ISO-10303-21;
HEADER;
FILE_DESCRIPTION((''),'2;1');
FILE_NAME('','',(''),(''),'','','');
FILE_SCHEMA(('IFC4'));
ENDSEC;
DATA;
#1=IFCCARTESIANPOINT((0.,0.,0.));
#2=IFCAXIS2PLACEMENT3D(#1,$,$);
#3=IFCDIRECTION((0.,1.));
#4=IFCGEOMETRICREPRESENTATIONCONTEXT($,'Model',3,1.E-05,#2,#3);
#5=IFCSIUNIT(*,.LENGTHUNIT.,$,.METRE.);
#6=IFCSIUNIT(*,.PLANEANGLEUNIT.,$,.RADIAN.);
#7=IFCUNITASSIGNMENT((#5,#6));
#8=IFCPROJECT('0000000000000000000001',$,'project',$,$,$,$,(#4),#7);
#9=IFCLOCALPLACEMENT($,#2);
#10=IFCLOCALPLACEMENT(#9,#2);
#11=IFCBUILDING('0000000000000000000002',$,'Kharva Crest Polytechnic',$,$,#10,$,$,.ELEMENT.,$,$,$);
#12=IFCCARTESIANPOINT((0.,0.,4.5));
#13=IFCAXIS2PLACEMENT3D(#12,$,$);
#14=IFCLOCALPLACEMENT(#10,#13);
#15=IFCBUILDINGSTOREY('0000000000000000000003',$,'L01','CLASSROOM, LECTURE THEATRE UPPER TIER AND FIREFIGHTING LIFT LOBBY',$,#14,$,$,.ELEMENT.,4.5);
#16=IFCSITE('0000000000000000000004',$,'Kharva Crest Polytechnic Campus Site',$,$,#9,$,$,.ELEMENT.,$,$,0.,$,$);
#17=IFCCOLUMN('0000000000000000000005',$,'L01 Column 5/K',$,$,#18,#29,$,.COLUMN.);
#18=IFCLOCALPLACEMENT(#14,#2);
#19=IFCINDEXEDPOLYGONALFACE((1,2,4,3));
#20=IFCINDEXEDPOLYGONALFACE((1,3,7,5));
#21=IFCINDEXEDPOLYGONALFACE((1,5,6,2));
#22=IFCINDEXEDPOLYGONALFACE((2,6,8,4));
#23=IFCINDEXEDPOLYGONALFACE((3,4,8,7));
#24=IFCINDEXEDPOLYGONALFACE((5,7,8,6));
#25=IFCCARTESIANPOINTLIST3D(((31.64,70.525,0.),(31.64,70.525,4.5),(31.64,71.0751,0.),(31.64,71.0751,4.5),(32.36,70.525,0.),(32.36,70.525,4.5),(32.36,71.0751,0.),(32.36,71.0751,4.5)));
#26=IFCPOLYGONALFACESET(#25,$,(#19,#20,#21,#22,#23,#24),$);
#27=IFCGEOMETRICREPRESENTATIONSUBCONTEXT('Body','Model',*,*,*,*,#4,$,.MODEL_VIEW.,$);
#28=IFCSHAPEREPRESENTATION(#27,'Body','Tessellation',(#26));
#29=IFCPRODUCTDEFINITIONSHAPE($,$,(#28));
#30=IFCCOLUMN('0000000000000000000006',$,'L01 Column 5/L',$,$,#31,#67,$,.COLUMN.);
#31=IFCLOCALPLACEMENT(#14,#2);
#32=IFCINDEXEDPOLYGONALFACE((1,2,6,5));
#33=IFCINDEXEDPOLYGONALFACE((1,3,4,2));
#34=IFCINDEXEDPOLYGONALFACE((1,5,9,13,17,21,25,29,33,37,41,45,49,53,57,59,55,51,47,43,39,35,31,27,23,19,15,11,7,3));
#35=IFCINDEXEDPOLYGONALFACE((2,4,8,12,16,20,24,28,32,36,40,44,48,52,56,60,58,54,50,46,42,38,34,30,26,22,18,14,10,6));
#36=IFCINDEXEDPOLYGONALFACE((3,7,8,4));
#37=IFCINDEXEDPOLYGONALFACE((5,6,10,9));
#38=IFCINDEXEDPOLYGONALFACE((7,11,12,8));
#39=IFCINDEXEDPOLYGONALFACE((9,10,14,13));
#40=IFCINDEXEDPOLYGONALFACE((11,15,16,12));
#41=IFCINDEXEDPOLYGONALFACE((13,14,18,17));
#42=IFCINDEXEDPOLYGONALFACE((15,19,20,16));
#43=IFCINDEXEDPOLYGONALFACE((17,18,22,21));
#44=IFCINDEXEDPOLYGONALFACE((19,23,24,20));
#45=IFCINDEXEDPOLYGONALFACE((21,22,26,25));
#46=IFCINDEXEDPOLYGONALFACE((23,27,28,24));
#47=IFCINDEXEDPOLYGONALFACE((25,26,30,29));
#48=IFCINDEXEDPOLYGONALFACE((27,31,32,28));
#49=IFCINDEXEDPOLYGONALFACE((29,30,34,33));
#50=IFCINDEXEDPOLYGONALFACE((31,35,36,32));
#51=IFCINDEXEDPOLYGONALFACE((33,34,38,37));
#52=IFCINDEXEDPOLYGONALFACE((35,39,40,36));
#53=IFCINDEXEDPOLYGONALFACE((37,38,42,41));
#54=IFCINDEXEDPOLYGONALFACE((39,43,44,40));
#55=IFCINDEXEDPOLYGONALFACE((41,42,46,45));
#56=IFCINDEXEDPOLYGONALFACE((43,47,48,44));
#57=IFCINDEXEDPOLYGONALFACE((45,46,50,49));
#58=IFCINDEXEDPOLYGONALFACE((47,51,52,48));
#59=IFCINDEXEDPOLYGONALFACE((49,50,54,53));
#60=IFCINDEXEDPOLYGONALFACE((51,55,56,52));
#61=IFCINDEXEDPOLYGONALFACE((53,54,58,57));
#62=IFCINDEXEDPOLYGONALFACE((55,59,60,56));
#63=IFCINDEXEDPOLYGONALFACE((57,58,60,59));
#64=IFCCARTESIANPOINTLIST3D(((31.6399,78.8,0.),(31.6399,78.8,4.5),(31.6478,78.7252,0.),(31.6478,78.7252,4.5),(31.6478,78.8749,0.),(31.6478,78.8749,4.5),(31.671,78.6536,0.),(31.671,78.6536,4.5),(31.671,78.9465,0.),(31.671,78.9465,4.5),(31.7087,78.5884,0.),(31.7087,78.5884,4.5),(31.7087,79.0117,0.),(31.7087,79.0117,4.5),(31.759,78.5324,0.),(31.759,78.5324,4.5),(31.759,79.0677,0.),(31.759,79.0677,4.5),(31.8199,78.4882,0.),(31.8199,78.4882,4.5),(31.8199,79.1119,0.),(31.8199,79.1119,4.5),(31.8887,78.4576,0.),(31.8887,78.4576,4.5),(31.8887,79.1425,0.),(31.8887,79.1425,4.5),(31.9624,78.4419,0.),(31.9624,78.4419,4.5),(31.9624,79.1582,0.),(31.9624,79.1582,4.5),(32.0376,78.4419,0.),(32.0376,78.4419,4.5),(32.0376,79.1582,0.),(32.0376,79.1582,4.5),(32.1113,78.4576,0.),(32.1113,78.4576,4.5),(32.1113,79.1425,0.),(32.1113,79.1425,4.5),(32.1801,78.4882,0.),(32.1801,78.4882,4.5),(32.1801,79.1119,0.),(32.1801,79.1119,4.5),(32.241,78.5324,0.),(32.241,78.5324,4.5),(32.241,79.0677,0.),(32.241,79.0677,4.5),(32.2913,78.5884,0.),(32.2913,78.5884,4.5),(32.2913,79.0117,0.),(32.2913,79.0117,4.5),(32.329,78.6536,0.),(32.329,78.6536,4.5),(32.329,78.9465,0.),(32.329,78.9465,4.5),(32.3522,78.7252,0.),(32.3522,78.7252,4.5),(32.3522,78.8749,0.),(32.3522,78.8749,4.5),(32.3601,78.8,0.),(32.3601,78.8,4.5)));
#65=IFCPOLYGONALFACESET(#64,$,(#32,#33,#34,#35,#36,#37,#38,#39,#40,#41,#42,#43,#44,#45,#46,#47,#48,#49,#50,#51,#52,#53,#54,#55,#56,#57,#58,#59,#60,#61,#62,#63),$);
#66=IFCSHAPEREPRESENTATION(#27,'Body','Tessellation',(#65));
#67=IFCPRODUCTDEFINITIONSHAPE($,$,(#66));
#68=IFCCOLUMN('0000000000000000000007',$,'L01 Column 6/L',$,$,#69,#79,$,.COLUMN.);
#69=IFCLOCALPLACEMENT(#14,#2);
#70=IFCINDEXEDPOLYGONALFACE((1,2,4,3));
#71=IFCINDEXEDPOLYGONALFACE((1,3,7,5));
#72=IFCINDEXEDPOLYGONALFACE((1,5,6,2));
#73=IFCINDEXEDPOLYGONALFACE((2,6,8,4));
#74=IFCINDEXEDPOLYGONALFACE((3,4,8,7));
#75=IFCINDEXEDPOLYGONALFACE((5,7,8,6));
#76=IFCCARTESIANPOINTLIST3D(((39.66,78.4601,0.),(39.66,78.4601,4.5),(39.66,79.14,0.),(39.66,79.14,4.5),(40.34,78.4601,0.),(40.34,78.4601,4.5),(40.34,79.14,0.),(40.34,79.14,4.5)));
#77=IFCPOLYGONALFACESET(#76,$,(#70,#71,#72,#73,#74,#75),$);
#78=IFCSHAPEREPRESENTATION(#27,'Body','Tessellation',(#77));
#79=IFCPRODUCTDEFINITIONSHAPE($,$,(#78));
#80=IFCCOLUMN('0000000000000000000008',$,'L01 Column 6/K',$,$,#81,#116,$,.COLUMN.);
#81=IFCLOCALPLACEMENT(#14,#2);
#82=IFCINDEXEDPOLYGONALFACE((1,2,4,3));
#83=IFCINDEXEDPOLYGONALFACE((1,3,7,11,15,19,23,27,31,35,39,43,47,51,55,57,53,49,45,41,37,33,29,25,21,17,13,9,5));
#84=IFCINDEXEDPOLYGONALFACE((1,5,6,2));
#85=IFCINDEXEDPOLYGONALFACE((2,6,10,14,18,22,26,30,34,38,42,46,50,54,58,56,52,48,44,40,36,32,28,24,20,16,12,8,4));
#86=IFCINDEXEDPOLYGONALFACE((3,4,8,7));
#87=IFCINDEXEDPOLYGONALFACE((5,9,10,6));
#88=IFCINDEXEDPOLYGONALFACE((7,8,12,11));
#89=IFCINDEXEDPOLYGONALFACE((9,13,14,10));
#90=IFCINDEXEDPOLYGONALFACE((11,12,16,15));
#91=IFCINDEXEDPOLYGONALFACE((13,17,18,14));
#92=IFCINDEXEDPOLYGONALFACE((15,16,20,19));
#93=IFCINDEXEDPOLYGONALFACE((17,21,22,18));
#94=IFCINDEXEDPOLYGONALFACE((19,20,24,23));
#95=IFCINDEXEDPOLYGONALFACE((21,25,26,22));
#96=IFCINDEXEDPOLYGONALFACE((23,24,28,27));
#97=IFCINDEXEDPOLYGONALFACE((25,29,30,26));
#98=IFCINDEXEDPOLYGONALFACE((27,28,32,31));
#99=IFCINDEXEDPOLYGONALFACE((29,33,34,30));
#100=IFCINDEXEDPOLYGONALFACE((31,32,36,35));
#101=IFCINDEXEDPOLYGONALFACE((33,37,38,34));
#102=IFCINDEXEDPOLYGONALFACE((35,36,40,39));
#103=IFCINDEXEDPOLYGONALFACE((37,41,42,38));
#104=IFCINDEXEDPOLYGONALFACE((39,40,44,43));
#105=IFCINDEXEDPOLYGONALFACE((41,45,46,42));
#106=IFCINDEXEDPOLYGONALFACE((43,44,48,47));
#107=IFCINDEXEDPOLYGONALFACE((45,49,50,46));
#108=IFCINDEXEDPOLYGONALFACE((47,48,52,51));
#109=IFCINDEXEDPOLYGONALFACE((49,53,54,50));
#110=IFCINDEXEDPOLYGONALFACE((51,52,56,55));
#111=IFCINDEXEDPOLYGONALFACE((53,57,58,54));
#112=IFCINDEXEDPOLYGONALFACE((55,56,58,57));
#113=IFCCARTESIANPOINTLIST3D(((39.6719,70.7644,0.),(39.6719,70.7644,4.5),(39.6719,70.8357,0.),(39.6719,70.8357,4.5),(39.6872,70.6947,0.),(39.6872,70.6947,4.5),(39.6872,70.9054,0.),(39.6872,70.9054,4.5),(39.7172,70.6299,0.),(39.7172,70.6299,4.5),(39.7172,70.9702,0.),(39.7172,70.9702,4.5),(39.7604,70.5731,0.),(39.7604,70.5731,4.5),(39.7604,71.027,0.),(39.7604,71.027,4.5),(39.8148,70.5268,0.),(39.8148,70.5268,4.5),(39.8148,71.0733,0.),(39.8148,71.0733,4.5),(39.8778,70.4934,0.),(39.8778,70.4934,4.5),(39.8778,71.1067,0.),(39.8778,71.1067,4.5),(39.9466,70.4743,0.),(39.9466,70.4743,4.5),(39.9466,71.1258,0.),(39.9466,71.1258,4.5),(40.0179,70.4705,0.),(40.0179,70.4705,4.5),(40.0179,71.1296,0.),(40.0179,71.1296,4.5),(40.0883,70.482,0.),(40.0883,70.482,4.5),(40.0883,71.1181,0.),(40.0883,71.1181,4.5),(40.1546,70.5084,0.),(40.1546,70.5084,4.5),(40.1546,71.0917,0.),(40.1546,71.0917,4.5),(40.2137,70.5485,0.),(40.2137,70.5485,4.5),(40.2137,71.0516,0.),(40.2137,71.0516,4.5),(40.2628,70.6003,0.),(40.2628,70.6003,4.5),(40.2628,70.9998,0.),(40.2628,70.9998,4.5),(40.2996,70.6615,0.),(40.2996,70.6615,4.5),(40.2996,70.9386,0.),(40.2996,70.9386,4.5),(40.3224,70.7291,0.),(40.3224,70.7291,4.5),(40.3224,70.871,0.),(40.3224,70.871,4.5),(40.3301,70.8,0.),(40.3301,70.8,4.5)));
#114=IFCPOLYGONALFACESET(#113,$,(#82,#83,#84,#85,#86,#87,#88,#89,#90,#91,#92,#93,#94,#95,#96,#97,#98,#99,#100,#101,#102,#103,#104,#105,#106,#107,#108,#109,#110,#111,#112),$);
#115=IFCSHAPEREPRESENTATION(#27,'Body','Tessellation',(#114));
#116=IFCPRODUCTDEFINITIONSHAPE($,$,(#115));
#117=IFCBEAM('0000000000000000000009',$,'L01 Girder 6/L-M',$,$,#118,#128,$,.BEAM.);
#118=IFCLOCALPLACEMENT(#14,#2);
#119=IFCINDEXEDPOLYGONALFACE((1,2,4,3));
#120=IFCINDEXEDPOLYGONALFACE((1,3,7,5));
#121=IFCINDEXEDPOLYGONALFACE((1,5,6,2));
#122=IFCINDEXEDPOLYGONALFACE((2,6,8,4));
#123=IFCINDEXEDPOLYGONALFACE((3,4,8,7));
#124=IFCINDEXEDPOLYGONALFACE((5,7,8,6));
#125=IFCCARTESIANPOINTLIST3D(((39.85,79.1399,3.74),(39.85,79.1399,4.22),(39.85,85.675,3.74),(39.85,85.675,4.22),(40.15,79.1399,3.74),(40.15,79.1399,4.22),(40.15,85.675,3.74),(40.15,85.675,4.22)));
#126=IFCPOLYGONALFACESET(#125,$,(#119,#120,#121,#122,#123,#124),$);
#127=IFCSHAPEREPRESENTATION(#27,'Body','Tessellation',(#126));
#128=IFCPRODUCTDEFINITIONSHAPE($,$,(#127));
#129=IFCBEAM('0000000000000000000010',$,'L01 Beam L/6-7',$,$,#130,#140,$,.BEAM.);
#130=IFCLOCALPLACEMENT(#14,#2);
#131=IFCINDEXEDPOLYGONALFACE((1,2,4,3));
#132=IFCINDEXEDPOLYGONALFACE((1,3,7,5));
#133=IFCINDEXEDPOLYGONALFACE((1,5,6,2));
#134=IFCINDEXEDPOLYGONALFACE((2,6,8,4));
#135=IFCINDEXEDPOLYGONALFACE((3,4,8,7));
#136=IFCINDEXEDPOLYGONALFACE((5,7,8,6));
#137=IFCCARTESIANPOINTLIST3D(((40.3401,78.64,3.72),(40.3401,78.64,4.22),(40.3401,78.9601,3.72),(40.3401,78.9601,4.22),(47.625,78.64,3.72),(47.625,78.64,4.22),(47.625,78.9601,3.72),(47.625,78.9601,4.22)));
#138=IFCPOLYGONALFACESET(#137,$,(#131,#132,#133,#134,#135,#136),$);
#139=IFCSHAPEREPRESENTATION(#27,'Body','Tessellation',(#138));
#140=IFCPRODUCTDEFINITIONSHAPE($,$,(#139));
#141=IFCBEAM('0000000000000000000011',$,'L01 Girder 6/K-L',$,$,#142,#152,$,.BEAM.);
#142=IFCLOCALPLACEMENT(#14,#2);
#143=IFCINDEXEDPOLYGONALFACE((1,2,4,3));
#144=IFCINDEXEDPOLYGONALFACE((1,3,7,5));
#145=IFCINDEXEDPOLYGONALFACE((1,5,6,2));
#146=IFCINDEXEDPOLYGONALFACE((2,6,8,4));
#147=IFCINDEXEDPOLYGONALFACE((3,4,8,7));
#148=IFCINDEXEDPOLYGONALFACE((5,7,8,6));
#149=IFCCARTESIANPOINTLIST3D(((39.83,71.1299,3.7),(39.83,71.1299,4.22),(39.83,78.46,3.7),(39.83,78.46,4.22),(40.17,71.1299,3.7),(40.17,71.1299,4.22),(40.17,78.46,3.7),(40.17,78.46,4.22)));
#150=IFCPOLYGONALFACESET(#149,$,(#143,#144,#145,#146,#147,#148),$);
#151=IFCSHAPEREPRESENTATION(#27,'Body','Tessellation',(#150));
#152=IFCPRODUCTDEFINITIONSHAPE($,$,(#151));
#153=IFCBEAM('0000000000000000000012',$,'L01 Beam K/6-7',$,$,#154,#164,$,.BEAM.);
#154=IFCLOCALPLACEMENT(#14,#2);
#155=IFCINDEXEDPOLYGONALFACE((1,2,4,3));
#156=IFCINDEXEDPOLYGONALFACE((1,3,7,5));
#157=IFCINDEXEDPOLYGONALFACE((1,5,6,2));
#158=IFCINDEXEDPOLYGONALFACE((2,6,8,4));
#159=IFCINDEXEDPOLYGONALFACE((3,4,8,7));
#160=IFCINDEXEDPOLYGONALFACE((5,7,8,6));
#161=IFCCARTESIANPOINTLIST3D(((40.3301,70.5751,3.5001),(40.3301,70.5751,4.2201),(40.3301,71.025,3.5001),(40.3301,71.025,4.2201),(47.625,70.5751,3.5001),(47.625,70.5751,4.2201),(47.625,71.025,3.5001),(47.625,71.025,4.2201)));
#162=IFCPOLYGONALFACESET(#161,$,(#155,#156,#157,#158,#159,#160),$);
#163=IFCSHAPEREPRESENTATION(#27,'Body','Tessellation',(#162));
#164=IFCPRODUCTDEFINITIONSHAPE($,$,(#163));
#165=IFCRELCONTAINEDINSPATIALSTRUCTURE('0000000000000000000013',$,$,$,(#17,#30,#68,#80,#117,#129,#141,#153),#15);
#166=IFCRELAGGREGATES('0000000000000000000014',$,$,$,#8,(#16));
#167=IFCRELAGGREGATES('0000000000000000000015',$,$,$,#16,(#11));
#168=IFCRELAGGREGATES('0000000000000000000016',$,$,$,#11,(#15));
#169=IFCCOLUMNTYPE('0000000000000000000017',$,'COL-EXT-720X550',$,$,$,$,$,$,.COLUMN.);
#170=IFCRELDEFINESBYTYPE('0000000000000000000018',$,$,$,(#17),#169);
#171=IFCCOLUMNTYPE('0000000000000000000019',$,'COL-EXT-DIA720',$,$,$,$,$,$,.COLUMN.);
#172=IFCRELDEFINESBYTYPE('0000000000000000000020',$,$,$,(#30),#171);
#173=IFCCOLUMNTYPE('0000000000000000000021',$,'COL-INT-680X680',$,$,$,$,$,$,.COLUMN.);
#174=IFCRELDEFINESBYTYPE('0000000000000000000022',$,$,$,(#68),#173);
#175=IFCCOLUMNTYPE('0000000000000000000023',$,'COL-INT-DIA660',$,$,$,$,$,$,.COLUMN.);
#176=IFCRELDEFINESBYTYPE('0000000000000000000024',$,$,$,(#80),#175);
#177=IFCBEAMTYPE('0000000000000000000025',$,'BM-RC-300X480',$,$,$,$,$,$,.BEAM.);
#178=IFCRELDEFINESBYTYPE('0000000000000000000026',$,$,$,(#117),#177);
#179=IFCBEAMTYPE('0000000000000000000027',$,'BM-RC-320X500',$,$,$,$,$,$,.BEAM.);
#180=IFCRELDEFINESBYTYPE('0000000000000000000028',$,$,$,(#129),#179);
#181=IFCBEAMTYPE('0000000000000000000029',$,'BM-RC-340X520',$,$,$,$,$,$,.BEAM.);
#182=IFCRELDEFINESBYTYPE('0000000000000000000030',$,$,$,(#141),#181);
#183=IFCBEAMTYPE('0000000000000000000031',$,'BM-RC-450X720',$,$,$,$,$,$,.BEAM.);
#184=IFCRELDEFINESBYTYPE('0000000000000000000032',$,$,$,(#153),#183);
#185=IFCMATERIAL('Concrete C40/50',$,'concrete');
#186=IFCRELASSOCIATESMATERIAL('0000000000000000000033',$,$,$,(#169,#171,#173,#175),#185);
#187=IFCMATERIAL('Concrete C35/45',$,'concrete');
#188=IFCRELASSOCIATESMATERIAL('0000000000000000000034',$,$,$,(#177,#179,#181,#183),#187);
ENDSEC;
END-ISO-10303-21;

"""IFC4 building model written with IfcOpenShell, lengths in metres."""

from ifc_helpers import new_model, si_unit, direction, frame, origin, origin_2d, place, context, subcontext, project, spatial, rectangle, circle, extrude, material, material_profile, profile_set, type_object, element, save


model = new_model("IFC4")

# Units and contexts
model_context = context("Model", 3, precision=1e-05, world=origin(), true_north=direction((0.0, 1.0)))
body_context = subcontext(model_context, "Body", "Model", "MODEL_VIEW")
ifc_project = project(units=[si_unit("LENGTHUNIT", "METRE"), si_unit("PLANEANGLEUNIT", "RADIAN")], contexts=[model_context])

# Site, building, storey
site_placement = place(None, origin())
site = spatial("IfcSite", under=ifc_project, at=site_placement, Name="Kharva Crest Polytechnic Campus Site", CompositionType="ELEMENT", RefElevation=0.0)
building_placement = place(site_placement, origin())
building = spatial("IfcBuilding", under=site, at=building_placement, Name="Kharva Crest Polytechnic", CompositionType="ELEMENT")
storey_placement = place(building_placement, frame((0.0, 0.0, 4.5)))
storey = spatial("IfcBuildingStorey", under=building, at=storey_placement, Name="L01", Description="CLASSROOM, LECTURE THEATRE UPPER TIER AND FIREFIGHTING LIFT LOBBY", CompositionType="ELEMENT", Elevation=4.5)

# Columns
ifc_material_1 = material(Name="Concrete C40/50", Category="concrete")
ifc_material_profile_1 = material_profile(ifc_material_1, rectangle(XDim=0.72, YDim=0.55, at=origin_2d()), Name="RECT 720 X 550")
ifc_profile_set_1 = profile_set([ifc_material_profile_1], Name="Concrete C40/50")
column_type_1 = type_object("IfcColumnType", Name="COL-EXT-720X550", PredefinedType="COLUMN", material=ifc_profile_set_1)
column_1_placement = place(storey_placement, frame((32.0, 70.8, 0.0), z_axis=(0.0, 0.0, 1.0), x_axis=(1.0, 0.0, 0.0)))
element("IfcColumn", 1, at=column_1_placement, inside=storey, type_object=column_type_1, Name="L01 Column 5/K", PredefinedType="COLUMN", context=body_context, shape_type="SweptSolid", body=[
    extrude(rectangle(XDim=0.72, YDim=0.55, at=origin_2d()), origin(), (0.0, 0.0, 1.0), 4.5),
])
ifc_material_profile_2 = material_profile(ifc_material_1, circle(Radius=0.3601, at=origin_2d()), Name="DIA 720")
ifc_profile_set_2 = profile_set([ifc_material_profile_2], Name="Concrete C40/50")
column_type_2 = type_object("IfcColumnType", Name="COL-EXT-DIA720", PredefinedType="COLUMN", material=ifc_profile_set_2)
column_2_placement = place(storey_placement, frame((32.0, 78.8, 0.0), z_axis=(0.0, 0.0, 1.0), x_axis=(1.0, 0.0, 0.0)))
element("IfcColumn", 2, at=column_2_placement, inside=storey, type_object=column_type_2, Name="L01 Column 5/L", PredefinedType="COLUMN", context=body_context, shape_type="SweptSolid", body=[
    extrude(circle(Radius=0.3601, at=origin_2d()), origin(), (0.0, 0.0, 1.0), 4.5),
])
ifc_material_profile_3 = material_profile(ifc_material_1, rectangle(XDim=0.6799, YDim=0.6799, at=origin_2d()), Name="RECT 680 X 680")
ifc_profile_set_3 = profile_set([ifc_material_profile_3], Name="Concrete C40/50")
column_type_3 = type_object("IfcColumnType", Name="COL-INT-680X680", PredefinedType="COLUMN", material=ifc_profile_set_3)
column_3_placement = place(storey_placement, frame((40.0, 78.8, 0.0), z_axis=(0.0, 0.0, 1.0), x_axis=(1.0, 0.0, 0.0)))
element("IfcColumn", 3, at=column_3_placement, inside=storey, type_object=column_type_3, Name="L01 Column 6/L", PredefinedType="COLUMN", context=body_context, shape_type="SweptSolid", body=[
    extrude(rectangle(XDim=0.6799, YDim=0.6799, at=origin_2d()), origin(), (0.0, 0.0, 1.0), 4.5),
])
ifc_material_profile_4 = material_profile(ifc_material_1, circle(Radius=0.3301, at=origin_2d()), Name="DIA 660")
ifc_profile_set_4 = profile_set([ifc_material_profile_4], Name="Concrete C40/50")
column_type_4 = type_object("IfcColumnType", Name="COL-INT-DIA660", PredefinedType="COLUMN", material=ifc_profile_set_4)
column_4_placement = place(storey_placement, frame((40.0, 70.8, 0.0), z_axis=(0.0, 0.0, 1.0), x_axis=(1.0, 0.0, 0.0)))
element("IfcColumn", 4, at=column_4_placement, inside=storey, type_object=column_type_4, Name="L01 Column 6/K", PredefinedType="COLUMN", context=body_context, shape_type="SweptSolid", body=[
    extrude(circle(Radius=0.3301, at=origin_2d()), origin(), (0.0, 0.0, 1.0), 4.5),
])

# Beams
ifc_material_2 = material(Name="Concrete C35/45", Category="concrete")
ifc_material_profile_5 = material_profile(ifc_material_2, rectangle(XDim=0.3, YDim=0.48, at=origin_2d()), Name="RECT 300 X 480")
ifc_profile_set_5 = profile_set([ifc_material_profile_5], Name="Concrete C35/45")
beam_type_1 = type_object("IfcBeamType", Name="BM-RC-300X480", PredefinedType="BEAM", material=ifc_profile_set_5)
beam_1_placement = place(storey_placement, frame((40.0, 79.1399, 3.98), z_axis=(0.0, 1.0, 0.0), x_axis=(-1.0, 0.0, 0.0)))
element("IfcBeam", 5, at=beam_1_placement, inside=storey, type_object=beam_type_1, Name="L01 Girder 6/L-M", PredefinedType="BEAM", context=body_context, shape_type="SweptSolid", body=[
    extrude(rectangle(XDim=0.3, YDim=0.48, at=origin_2d()), origin(), (0.0, 0.0, 1.0), 6.5352),
])
ifc_material_profile_6 = material_profile(ifc_material_2, rectangle(XDim=0.3201, YDim=0.5, at=origin_2d()), Name="RECT 320 X 500")
ifc_profile_set_6 = profile_set([ifc_material_profile_6], Name="Concrete C35/45")
beam_type_2 = type_object("IfcBeamType", Name="BM-RC-320X500", PredefinedType="BEAM", material=ifc_profile_set_6)
beam_2_placement = place(storey_placement, frame((40.3401, 78.8, 3.97), z_axis=(1.0, 0.0, 0.0), x_axis=(0.0, 1.0, 0.0)))
element("IfcBeam", 6, at=beam_2_placement, inside=storey, type_object=beam_type_2, Name="L01 Beam L/6-7", PredefinedType="BEAM", context=body_context, shape_type="SweptSolid", body=[
    extrude(rectangle(XDim=0.3201, YDim=0.5, at=origin_2d()), origin(), (0.0, 0.0, 1.0), 7.2849),
])
ifc_material_profile_7 = material_profile(ifc_material_2, rectangle(XDim=0.3401, YDim=0.52, at=origin_2d()), Name="RECT 340 X 520")
ifc_profile_set_7 = profile_set([ifc_material_profile_7], Name="Concrete C35/45")
beam_type_3 = type_object("IfcBeamType", Name="BM-RC-340X520", PredefinedType="BEAM", material=ifc_profile_set_7)
beam_3_placement = place(storey_placement, frame((40.0, 71.1299, 3.96), z_axis=(0.0, 1.0, 0.0), x_axis=(-1.0, 0.0, 0.0)))
element("IfcBeam", 7, at=beam_3_placement, inside=storey, type_object=beam_type_3, Name="L01 Girder 6/K-L", PredefinedType="BEAM", context=body_context, shape_type="SweptSolid", body=[
    extrude(rectangle(XDim=0.3401, YDim=0.52, at=origin_2d()), origin(), (0.0, 0.0, 1.0), 7.3301),
])
ifc_material_profile_8 = material_profile(ifc_material_2, rectangle(XDim=0.45, YDim=0.72, at=origin_2d()), Name="RECT 450 X 720")
ifc_profile_set_8 = profile_set([ifc_material_profile_8], Name="Concrete C35/45")
beam_type_4 = type_object("IfcBeamType", Name="BM-RC-450X720", PredefinedType="BEAM", material=ifc_profile_set_8)
beam_4_placement = place(storey_placement, frame((40.3301, 70.8, 3.8601), z_axis=(1.0, 0.0, 0.0), x_axis=(0.0, 1.0, 0.0)))
element("IfcBeam", 8, at=beam_4_placement, inside=storey, type_object=beam_type_4, Name="L01 Beam K/6-7", PredefinedType="BEAM", context=body_context, shape_type="SweptSolid", body=[
    extrude(rectangle(XDim=0.45, YDim=0.72, at=origin_2d()), origin(), (0.0, 0.0, 1.0), 7.2949),
])

save(model, "model.ifc")
